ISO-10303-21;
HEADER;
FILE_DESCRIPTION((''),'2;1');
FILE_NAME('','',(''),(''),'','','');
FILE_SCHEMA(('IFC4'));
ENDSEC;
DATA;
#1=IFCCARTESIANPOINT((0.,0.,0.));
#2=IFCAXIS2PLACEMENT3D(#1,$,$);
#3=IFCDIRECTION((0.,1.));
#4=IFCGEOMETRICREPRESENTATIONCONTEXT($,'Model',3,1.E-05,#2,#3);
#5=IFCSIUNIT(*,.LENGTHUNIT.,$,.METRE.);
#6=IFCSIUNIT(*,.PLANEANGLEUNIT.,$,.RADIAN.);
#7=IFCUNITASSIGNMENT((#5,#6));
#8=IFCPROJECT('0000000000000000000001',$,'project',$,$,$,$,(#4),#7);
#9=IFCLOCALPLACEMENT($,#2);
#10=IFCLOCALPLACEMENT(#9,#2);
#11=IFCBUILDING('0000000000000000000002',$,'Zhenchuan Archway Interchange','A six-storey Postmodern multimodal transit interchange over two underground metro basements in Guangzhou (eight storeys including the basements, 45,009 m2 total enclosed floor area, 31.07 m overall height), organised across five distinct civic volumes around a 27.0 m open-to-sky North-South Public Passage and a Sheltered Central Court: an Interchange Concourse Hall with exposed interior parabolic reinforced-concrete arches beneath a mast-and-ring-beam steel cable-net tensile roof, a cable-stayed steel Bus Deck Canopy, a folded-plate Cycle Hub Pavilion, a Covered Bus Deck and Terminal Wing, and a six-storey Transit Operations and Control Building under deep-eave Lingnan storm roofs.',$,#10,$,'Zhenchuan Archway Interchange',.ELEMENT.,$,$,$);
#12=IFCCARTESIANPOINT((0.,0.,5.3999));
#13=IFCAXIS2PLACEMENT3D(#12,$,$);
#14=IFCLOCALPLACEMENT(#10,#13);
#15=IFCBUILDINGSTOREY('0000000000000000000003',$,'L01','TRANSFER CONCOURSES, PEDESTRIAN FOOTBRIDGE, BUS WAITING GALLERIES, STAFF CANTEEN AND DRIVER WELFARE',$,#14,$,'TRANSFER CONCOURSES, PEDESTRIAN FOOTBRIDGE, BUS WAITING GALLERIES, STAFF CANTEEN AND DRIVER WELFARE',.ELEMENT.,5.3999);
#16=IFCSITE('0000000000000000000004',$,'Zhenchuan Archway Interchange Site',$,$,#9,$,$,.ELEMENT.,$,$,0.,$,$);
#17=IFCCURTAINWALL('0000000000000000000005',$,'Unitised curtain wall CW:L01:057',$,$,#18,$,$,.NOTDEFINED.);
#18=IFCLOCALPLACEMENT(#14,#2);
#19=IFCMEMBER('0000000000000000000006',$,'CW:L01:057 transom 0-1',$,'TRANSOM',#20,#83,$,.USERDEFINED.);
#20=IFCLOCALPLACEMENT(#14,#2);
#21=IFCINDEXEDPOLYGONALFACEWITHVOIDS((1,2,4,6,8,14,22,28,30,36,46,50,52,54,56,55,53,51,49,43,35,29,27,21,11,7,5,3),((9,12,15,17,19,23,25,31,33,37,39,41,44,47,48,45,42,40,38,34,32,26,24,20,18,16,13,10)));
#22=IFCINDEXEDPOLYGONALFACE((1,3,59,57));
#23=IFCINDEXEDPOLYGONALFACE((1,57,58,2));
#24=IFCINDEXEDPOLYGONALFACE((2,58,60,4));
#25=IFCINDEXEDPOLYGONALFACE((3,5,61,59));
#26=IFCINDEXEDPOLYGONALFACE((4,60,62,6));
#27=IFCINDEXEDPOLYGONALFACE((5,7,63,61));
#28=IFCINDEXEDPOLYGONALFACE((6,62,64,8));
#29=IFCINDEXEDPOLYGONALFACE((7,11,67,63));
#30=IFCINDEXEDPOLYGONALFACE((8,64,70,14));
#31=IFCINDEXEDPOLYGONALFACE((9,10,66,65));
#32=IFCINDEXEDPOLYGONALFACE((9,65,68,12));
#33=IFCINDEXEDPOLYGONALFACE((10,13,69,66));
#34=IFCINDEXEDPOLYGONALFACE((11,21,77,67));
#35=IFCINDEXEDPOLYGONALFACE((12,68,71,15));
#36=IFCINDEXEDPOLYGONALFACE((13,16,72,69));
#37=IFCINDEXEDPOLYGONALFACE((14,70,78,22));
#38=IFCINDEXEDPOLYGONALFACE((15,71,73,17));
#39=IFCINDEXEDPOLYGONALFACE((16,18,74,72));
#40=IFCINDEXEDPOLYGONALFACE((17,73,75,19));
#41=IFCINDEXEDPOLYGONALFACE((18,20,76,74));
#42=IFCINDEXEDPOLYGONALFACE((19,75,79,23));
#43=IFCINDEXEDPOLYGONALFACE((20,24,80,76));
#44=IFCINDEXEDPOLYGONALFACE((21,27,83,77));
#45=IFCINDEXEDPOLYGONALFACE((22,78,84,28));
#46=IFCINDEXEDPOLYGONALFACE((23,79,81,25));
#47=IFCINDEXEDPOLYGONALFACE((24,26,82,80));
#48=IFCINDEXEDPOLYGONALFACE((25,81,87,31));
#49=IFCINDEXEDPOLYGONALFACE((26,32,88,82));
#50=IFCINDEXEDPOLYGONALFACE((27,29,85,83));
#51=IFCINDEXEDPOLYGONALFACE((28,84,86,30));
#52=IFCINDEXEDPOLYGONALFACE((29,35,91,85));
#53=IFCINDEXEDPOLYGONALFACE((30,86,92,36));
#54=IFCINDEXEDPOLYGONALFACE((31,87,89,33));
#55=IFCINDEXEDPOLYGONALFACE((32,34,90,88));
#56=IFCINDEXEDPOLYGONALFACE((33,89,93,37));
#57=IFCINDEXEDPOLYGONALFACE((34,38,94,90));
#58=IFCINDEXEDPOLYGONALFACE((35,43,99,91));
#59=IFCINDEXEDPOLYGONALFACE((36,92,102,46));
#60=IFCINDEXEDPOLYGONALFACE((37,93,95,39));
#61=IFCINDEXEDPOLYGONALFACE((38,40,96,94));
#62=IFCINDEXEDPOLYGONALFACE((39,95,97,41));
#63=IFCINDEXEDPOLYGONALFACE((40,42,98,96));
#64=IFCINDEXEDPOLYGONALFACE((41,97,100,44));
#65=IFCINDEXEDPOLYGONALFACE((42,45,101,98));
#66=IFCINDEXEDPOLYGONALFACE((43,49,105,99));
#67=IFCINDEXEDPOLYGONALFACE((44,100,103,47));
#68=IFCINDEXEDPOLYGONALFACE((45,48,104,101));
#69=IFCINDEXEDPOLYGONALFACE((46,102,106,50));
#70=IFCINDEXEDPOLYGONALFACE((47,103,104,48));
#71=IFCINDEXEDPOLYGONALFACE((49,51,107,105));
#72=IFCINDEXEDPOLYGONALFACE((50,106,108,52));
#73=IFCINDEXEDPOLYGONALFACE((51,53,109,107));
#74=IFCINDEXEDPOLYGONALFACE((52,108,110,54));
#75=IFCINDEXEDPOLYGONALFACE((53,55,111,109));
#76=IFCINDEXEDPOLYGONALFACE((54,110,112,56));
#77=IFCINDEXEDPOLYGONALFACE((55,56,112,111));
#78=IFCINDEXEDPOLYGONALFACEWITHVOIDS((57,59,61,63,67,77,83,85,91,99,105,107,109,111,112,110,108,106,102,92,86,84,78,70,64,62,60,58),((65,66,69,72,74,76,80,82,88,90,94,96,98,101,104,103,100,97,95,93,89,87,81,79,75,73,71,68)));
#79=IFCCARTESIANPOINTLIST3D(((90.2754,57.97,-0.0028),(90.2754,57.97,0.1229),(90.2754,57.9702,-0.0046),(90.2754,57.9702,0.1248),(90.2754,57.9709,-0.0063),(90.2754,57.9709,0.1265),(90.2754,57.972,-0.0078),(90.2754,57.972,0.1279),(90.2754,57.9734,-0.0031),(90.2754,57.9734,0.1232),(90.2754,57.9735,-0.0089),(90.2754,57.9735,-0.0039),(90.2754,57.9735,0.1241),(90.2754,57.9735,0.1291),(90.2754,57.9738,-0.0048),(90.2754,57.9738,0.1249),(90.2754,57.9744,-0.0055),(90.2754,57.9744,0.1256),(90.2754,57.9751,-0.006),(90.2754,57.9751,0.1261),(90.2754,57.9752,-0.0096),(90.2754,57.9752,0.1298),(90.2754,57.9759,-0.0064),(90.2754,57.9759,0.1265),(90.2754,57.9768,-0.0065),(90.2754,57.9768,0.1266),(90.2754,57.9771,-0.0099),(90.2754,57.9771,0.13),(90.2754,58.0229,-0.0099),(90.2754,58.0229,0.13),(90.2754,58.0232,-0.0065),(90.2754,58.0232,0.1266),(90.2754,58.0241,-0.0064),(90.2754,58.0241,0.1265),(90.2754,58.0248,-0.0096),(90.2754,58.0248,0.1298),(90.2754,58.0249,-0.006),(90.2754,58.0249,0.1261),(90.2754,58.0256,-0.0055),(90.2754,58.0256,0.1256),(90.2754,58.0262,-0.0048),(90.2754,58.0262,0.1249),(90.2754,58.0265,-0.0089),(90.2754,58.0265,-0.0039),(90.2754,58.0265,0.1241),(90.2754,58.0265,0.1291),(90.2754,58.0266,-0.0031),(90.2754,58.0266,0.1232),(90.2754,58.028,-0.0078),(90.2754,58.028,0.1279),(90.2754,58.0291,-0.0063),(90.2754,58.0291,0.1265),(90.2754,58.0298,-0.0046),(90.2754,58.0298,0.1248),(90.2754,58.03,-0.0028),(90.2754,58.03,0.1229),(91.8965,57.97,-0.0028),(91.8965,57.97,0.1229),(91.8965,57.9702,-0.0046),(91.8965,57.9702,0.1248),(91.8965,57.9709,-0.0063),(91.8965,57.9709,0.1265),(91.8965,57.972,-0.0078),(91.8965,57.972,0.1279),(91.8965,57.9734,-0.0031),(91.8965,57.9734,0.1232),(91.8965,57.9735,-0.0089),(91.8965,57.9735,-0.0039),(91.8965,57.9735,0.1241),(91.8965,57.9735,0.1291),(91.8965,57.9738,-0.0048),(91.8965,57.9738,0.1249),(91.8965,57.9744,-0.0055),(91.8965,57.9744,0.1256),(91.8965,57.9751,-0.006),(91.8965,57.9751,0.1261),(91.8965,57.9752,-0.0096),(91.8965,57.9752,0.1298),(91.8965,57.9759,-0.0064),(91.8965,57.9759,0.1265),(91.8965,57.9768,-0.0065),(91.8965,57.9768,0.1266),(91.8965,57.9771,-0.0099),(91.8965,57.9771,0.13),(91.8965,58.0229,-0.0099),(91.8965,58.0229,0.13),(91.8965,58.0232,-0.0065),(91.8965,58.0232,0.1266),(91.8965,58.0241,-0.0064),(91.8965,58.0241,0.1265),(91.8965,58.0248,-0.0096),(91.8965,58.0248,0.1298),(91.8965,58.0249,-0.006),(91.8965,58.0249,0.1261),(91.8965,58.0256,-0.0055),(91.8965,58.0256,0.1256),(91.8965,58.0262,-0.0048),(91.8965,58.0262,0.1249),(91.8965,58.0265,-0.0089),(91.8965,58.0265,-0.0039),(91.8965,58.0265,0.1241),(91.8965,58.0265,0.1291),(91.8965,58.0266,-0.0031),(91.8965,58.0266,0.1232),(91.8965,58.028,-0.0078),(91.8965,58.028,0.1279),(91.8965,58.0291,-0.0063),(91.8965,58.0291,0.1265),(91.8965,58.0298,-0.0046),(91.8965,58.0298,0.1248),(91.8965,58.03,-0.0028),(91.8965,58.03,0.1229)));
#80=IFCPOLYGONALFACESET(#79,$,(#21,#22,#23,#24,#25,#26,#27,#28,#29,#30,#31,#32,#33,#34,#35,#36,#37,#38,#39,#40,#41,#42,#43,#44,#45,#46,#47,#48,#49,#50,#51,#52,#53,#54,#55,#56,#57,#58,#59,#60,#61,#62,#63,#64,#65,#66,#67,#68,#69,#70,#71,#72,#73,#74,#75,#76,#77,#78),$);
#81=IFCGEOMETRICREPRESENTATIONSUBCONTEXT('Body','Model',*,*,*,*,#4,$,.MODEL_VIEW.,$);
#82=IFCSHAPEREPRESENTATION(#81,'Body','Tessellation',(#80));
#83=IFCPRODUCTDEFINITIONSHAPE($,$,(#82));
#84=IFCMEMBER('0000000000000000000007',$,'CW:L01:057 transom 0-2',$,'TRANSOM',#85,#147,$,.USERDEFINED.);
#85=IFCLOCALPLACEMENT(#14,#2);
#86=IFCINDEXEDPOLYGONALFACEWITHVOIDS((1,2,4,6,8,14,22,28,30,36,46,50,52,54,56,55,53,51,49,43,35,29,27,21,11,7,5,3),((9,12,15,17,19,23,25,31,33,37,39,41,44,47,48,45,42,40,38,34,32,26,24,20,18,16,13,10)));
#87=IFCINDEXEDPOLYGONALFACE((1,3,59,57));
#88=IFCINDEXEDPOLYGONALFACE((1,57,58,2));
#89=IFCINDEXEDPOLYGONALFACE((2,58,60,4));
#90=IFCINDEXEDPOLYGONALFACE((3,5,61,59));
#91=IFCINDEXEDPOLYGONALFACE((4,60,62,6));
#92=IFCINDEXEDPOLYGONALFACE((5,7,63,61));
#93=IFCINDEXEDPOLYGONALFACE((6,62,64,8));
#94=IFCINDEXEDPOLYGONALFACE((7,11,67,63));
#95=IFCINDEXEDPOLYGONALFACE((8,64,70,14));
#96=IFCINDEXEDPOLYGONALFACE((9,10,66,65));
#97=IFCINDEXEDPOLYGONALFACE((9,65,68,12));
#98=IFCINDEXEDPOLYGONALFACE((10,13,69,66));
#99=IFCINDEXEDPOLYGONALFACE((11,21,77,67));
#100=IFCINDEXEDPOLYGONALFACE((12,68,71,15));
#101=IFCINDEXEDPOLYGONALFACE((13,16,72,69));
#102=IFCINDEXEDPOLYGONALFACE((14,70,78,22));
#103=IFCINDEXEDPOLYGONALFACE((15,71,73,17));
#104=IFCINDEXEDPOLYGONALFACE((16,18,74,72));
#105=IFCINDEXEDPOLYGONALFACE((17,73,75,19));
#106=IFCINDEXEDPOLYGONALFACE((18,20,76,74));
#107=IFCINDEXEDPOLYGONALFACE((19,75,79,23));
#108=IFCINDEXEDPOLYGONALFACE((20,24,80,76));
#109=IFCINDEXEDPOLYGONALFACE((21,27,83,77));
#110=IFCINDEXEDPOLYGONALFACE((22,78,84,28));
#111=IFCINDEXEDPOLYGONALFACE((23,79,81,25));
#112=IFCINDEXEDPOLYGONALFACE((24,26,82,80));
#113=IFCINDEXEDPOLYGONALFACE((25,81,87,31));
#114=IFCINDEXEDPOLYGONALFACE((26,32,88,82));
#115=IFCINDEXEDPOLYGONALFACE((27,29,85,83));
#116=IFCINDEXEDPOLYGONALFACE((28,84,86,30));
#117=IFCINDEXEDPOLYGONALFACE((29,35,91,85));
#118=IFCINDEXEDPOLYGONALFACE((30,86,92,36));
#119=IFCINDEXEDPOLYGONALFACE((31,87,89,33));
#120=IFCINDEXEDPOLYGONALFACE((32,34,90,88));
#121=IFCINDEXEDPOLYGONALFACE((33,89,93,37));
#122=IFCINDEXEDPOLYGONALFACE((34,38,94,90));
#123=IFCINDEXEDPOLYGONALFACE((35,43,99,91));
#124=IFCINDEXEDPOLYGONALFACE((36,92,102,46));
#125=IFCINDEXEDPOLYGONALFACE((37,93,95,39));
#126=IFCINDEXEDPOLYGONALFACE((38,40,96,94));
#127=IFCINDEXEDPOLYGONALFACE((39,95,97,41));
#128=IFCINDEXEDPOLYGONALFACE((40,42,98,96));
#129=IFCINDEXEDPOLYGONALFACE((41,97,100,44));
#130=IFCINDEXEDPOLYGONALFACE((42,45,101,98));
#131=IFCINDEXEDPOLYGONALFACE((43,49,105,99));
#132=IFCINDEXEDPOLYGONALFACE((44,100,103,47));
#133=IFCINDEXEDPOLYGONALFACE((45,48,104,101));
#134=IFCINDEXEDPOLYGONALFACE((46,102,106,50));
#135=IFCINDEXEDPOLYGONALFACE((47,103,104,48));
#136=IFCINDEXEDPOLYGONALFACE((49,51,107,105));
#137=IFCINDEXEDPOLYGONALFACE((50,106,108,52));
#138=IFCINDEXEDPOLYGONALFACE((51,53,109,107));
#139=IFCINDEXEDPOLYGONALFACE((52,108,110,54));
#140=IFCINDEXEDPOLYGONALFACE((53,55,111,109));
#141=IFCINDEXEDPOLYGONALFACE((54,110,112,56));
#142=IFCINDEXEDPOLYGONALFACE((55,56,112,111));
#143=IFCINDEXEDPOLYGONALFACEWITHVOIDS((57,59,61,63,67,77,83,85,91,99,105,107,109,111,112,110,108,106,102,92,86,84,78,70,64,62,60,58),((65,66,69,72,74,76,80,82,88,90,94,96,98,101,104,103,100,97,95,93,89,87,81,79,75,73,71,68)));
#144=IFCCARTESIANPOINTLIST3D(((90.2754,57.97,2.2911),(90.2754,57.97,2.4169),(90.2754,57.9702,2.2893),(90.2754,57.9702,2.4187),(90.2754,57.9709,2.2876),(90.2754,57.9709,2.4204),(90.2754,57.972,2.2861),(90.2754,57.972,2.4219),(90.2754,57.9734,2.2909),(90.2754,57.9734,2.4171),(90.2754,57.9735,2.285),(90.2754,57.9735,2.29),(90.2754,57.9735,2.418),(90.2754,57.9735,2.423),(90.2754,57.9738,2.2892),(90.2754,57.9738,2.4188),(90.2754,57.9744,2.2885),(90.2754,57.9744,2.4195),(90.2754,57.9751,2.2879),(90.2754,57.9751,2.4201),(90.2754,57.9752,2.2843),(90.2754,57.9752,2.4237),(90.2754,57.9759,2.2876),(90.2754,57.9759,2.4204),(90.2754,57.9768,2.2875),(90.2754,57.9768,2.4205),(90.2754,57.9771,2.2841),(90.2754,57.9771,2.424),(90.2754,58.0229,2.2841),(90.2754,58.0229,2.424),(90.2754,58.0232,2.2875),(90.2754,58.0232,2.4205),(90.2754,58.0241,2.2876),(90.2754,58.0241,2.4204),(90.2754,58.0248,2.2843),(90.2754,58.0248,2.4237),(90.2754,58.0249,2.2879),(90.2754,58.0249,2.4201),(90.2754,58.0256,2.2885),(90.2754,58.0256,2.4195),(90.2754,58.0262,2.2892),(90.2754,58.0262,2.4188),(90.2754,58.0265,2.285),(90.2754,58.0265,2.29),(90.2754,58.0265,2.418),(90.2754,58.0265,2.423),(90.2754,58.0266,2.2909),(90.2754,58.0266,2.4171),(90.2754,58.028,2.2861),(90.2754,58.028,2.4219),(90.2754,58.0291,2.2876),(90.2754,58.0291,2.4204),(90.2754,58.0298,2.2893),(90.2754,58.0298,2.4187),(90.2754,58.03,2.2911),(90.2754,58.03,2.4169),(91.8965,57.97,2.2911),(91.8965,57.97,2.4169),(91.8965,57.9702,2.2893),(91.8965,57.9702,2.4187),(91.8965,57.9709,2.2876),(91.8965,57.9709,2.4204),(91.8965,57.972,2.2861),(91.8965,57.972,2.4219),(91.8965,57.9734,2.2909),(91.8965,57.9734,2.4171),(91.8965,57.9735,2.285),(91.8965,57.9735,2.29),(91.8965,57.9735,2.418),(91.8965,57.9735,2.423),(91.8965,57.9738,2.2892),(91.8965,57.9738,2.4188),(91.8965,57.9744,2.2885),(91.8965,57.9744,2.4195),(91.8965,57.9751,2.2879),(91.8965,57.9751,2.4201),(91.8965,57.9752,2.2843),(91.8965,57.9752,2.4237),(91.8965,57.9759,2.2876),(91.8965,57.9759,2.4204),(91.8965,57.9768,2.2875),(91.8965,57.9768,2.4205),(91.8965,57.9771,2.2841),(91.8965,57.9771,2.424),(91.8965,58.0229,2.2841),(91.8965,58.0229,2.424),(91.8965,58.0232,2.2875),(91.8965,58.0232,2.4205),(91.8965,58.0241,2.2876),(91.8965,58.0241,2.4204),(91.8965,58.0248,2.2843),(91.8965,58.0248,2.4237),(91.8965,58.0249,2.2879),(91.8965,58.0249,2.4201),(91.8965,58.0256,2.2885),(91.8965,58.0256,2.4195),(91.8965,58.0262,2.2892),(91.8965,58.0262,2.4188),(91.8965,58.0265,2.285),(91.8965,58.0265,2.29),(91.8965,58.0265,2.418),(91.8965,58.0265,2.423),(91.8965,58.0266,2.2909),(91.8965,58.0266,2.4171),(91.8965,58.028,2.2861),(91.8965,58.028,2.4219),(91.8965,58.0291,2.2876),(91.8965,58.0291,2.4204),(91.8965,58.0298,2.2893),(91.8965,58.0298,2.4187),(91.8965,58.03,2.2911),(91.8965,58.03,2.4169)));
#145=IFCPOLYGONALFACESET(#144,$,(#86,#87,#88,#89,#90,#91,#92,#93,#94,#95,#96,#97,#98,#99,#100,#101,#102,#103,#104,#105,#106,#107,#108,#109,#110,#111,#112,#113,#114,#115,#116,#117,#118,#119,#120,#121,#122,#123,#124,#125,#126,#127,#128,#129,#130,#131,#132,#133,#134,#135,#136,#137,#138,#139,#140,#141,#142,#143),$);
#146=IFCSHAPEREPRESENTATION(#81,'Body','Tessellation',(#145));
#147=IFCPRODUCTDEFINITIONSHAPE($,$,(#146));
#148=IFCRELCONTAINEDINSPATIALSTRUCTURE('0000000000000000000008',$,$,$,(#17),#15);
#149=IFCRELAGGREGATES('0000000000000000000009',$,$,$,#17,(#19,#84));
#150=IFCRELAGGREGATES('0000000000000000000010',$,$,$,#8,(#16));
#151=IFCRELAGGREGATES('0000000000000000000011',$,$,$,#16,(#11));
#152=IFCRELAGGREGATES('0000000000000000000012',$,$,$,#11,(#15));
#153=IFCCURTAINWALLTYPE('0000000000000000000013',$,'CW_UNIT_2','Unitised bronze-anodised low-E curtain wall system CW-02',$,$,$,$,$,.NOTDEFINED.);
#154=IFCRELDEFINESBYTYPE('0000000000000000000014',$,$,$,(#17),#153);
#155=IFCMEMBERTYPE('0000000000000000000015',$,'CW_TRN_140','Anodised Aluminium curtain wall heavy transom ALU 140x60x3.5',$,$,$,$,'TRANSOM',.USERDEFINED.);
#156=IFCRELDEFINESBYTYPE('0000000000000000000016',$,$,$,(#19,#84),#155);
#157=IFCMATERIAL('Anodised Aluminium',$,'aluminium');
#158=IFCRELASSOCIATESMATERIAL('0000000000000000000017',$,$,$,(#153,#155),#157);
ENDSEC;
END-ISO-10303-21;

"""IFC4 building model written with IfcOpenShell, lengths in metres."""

from ifc_helpers import new_model, si_unit, direction, frame, origin, origin_2d, place, context, subcontext, project, spatial, hollow_rectangle, extrude, material, material_profile, profile_set, type_object, element, aggregate, save


model = new_model("IFC4")

# Units and contexts
model_context = context("Model", 3, precision=1e-05, world=origin(), true_north=direction((0.0, 1.0)))
body_context = subcontext(model_context, "Body", "Model", "MODEL_VIEW")
ifc_project = project(units=[si_unit("LENGTHUNIT", "METRE"), si_unit("PLANEANGLEUNIT", "RADIAN")], contexts=[model_context])

# Site, building, storey
site_placement = place(None, origin())
site = spatial("IfcSite", under=ifc_project, at=site_placement, Name="Zhenchuan Archway Interchange Site", CompositionType="ELEMENT", RefElevation=0.0)
building_placement = place(site_placement, origin())
building = spatial("IfcBuilding", under=site, at=building_placement, Name="Zhenchuan Archway Interchange", Description="A six-storey Postmodern multimodal transit interchange over two underground metro basements in Guangzhou (eight storeys including the basements, 45,009 m2 total enclosed floor area, 31.07 m overall height), organised across five distinct civic volumes around a 27.0 m open-to-sky North-South Public Passage and a Sheltered Central Court: an Interchange Concourse Hall with exposed interior parabolic reinforced-concrete arches beneath a mast-and-ring-beam steel cable-net tensile roof, a cable-stayed steel Bus Deck Canopy, a folded-plate Cycle Hub Pavilion, a Covered Bus Deck and Terminal Wing, and a six-storey Transit Operations and Control Building under deep-eave Lingnan storm roofs.", LongName="Zhenchuan Archway Interchange", CompositionType="ELEMENT")
storey_placement = place(building_placement, frame((0.0, 0.0, 5.3999)))
storey = spatial("IfcBuildingStorey", under=building, at=storey_placement, Name="L01", Description="TRANSFER CONCOURSES, PEDESTRIAN FOOTBRIDGE, BUS WAITING GALLERIES, STAFF CANTEEN AND DRIVER WELFARE", LongName="TRANSFER CONCOURSES, PEDESTRIAN FOOTBRIDGE, BUS WAITING GALLERIES, STAFF CANTEEN AND DRIVER WELFARE", CompositionType="ELEMENT", Elevation=5.3999)

# Curtain wall
ifc_material_1 = material(Name="Anodised Aluminium", Category="aluminium")
curtain_wall_type_1 = type_object("IfcCurtainWallType", Name="CW_UNIT_2", Description="Unitised bronze-anodised low-E curtain wall system CW-02", PredefinedType="NOTDEFINED", material=ifc_material_1)
curtain_wall_1_placement = place(storey_placement, origin())
curtain_wall_1 = element("IfcCurtainWall", 1, at=curtain_wall_1_placement, inside=storey, type_object=curtain_wall_type_1, Name="Unitised curtain wall CW:L01:057", PredefinedType="NOTDEFINED")

# Members
ifc_material_profile_1 = material_profile(ifc_material_1, hollow_rectangle(XDim=0.0601, YDim=0.1399, WallThickness=0.0034, InnerFilletRadius=0.0034, OuterFilletRadius=0.0071, at=origin_2d()), Name="ALU 140x60x3.5")
ifc_profile_set_1 = profile_set([ifc_material_profile_1], Name="Anodised Aluminium")
member_type_1 = type_object("IfcMemberType", Name="CW_TRN_140", Description="Anodised Aluminium curtain wall heavy transom ALU 140x60x3.5", ElementType="TRANSOM", PredefinedType="USERDEFINED", material=ifc_profile_set_1)
member_1_placement = place(storey_placement, frame((90.2754, 58.0, 0.0601), z_axis=(1.0, 0.0, 0.0), x_axis=(0.0, 1.0, 0.0)))
member_1 = element("IfcMember", 2, at=member_1_placement, type_object=member_type_1, Name="CW:L01:057 transom 0-1", ObjectType="TRANSOM", PredefinedType="USERDEFINED", context=body_context, shape_type="SweptSolid", body=[
    extrude(hollow_rectangle(XDim=0.0601, YDim=0.1399, WallThickness=0.0034, InnerFilletRadius=0.0034, OuterFilletRadius=0.0071, at=origin_2d()), origin(), (0.0, 0.0, 1.0), 1.6211),
])
member_2_placement = place(storey_placement, frame((90.2754, 58.0, 2.354), z_axis=(1.0, 0.0, 0.0), x_axis=(0.0, 1.0, 0.0)))
member_2 = element("IfcMember", 3, at=member_2_placement, type_object=member_type_1, Name="CW:L01:057 transom 0-2", ObjectType="TRANSOM", PredefinedType="USERDEFINED", context=body_context, shape_type="SweptSolid", body=[
    extrude(hollow_rectangle(XDim=0.0601, YDim=0.1399, WallThickness=0.0034, InnerFilletRadius=0.0034, OuterFilletRadius=0.0071, at=origin_2d()), origin(), (0.0, 0.0, 1.0), 1.6211),
])

aggregate(curtain_wall_1, [member_1, member_2])

save(model, "model.ifc")
